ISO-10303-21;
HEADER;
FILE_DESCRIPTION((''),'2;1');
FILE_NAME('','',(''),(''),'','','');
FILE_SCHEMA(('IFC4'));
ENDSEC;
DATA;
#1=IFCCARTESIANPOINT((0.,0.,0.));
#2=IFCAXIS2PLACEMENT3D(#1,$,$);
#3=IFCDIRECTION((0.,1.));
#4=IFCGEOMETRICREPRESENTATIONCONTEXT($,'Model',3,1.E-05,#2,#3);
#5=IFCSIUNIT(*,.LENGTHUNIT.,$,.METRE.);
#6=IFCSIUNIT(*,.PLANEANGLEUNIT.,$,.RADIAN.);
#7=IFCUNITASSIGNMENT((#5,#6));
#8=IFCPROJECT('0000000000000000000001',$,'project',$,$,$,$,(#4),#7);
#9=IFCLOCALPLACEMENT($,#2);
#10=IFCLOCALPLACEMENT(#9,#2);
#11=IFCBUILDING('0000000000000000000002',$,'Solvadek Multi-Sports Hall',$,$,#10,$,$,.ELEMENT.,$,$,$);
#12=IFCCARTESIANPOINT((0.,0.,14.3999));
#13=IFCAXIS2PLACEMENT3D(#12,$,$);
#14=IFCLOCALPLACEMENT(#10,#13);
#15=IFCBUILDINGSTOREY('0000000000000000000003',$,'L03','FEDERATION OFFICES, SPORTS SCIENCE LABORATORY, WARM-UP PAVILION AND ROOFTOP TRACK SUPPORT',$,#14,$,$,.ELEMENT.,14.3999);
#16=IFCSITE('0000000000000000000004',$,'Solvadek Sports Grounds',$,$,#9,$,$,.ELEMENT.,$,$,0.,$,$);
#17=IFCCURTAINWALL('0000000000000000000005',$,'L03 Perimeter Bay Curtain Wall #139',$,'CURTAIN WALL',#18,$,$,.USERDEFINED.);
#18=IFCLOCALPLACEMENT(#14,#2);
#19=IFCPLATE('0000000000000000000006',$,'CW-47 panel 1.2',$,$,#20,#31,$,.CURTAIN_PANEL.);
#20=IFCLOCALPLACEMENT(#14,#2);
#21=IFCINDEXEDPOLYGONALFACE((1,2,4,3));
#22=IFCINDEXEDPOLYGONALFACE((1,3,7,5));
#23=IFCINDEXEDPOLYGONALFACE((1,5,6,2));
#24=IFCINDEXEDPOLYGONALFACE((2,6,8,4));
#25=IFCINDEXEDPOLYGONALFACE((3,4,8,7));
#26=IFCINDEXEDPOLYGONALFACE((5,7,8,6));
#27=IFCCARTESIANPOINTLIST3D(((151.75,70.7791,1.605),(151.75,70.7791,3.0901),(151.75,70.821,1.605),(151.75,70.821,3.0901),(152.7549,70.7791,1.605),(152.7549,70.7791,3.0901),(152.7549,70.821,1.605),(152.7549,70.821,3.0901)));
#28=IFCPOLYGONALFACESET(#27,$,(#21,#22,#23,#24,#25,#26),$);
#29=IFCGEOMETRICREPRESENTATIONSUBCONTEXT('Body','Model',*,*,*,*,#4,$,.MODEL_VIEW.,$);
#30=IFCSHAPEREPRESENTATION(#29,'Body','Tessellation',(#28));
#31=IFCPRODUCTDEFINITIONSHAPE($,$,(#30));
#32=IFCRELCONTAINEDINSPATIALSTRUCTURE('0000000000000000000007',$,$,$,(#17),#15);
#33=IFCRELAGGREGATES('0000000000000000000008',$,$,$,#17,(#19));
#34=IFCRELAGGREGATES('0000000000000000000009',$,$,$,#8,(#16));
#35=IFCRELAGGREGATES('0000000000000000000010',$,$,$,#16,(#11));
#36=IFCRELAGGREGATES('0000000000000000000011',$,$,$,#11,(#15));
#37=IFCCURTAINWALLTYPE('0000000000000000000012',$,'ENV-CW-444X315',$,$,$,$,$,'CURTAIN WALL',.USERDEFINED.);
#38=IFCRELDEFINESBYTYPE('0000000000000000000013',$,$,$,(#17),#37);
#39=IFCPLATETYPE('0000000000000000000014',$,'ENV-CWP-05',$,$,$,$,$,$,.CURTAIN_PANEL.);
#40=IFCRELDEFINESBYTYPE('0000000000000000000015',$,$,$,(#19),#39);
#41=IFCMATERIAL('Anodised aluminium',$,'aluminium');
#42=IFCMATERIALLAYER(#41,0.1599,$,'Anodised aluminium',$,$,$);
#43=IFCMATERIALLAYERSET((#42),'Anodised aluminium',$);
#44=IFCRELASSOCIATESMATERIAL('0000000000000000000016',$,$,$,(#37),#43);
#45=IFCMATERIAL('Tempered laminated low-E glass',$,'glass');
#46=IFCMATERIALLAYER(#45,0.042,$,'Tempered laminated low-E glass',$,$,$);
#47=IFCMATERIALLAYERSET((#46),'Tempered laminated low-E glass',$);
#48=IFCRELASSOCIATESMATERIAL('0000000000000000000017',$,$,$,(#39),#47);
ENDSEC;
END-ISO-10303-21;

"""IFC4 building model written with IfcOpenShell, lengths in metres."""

from ifc_helpers import new_model, si_unit, direction, frame, origin, origin_2d, place, context, subcontext, project, spatial, rectangle, extrude, material, layer, layer_set, type_object, element, aggregate, save


model = new_model("IFC4")

# Units and contexts
model_context = context("Model", 3, precision=1e-05, world=origin(), true_north=direction((0.0, 1.0)))
body_context = subcontext(model_context, "Body", "Model", "MODEL_VIEW")
ifc_project = project(units=[si_unit("LENGTHUNIT", "METRE"), si_unit("PLANEANGLEUNIT", "RADIAN")], contexts=[model_context])

# Site, building, storey
site_placement = place(None, origin())
site = spatial("IfcSite", under=ifc_project, at=site_placement, Name="Solvadek Sports Grounds", CompositionType="ELEMENT", RefElevation=0.0)
building_placement = place(site_placement, origin())
building = spatial("IfcBuilding", under=site, at=building_placement, Name="Solvadek Multi-Sports Hall", CompositionType="ELEMENT")
storey_placement = place(building_placement, frame((0.0, 0.0, 14.3999)))
storey = spatial("IfcBuildingStorey", under=building, at=storey_placement, Name="L03", Description="FEDERATION OFFICES, SPORTS SCIENCE LABORATORY, WARM-UP PAVILION AND ROOFTOP TRACK SUPPORT", CompositionType="ELEMENT", Elevation=14.3999)

# Curtain wall
ifc_material_1 = material(Name="Anodised aluminium", Category="aluminium")
ifc_layer_1 = layer(ifc_material_1, 0.1599, Name="Anodised aluminium")
ifc_layer_set_1 = layer_set([ifc_layer_1], Name="Anodised aluminium")
curtain_wall_type_1 = type_object("IfcCurtainWallType", Name="ENV-CW-444X315", ElementType="CURTAIN WALL", PredefinedType="USERDEFINED", material=ifc_layer_set_1)
curtain_wall_1_placement = place(storey_placement, origin())
curtain_wall_1 = element("IfcCurtainWall", 1, at=curtain_wall_1_placement, inside=storey, type_object=curtain_wall_type_1, Name="L03 Perimeter Bay Curtain Wall #139", ObjectType="CURTAIN WALL", PredefinedType="USERDEFINED")

# Plate
ifc_material_2 = material(Name="Tempered laminated low-E glass", Category="glass")
ifc_layer_2 = layer(ifc_material_2, 0.042, Name="Tempered laminated low-E glass")
ifc_layer_set_2 = layer_set([ifc_layer_2], Name="Tempered laminated low-E glass")
plate_type_1 = type_object("IfcPlateType", Name="ENV-CWP-05", PredefinedType="CURTAIN_PANEL", material=ifc_layer_set_2)
plate_1_placement = place(storey_placement, frame((152.2524, 70.8, 1.605), z_axis=(0.0, 0.0, 1.0), x_axis=(1.0, 0.0, 0.0)))
plate_1 = element("IfcPlate", 2, at=plate_1_placement, type_object=plate_type_1, Name="CW-47 panel 1.2", PredefinedType="CURTAIN_PANEL", context=body_context, shape_type="SweptSolid", body=[
    extrude(rectangle(XDim=1.0049, YDim=0.042, at=origin_2d()), origin(), (0.0, 0.0, 1.0), 1.4851),
])
aggregate(curtain_wall_1, [plate_1])

save(model, "model.ifc")
